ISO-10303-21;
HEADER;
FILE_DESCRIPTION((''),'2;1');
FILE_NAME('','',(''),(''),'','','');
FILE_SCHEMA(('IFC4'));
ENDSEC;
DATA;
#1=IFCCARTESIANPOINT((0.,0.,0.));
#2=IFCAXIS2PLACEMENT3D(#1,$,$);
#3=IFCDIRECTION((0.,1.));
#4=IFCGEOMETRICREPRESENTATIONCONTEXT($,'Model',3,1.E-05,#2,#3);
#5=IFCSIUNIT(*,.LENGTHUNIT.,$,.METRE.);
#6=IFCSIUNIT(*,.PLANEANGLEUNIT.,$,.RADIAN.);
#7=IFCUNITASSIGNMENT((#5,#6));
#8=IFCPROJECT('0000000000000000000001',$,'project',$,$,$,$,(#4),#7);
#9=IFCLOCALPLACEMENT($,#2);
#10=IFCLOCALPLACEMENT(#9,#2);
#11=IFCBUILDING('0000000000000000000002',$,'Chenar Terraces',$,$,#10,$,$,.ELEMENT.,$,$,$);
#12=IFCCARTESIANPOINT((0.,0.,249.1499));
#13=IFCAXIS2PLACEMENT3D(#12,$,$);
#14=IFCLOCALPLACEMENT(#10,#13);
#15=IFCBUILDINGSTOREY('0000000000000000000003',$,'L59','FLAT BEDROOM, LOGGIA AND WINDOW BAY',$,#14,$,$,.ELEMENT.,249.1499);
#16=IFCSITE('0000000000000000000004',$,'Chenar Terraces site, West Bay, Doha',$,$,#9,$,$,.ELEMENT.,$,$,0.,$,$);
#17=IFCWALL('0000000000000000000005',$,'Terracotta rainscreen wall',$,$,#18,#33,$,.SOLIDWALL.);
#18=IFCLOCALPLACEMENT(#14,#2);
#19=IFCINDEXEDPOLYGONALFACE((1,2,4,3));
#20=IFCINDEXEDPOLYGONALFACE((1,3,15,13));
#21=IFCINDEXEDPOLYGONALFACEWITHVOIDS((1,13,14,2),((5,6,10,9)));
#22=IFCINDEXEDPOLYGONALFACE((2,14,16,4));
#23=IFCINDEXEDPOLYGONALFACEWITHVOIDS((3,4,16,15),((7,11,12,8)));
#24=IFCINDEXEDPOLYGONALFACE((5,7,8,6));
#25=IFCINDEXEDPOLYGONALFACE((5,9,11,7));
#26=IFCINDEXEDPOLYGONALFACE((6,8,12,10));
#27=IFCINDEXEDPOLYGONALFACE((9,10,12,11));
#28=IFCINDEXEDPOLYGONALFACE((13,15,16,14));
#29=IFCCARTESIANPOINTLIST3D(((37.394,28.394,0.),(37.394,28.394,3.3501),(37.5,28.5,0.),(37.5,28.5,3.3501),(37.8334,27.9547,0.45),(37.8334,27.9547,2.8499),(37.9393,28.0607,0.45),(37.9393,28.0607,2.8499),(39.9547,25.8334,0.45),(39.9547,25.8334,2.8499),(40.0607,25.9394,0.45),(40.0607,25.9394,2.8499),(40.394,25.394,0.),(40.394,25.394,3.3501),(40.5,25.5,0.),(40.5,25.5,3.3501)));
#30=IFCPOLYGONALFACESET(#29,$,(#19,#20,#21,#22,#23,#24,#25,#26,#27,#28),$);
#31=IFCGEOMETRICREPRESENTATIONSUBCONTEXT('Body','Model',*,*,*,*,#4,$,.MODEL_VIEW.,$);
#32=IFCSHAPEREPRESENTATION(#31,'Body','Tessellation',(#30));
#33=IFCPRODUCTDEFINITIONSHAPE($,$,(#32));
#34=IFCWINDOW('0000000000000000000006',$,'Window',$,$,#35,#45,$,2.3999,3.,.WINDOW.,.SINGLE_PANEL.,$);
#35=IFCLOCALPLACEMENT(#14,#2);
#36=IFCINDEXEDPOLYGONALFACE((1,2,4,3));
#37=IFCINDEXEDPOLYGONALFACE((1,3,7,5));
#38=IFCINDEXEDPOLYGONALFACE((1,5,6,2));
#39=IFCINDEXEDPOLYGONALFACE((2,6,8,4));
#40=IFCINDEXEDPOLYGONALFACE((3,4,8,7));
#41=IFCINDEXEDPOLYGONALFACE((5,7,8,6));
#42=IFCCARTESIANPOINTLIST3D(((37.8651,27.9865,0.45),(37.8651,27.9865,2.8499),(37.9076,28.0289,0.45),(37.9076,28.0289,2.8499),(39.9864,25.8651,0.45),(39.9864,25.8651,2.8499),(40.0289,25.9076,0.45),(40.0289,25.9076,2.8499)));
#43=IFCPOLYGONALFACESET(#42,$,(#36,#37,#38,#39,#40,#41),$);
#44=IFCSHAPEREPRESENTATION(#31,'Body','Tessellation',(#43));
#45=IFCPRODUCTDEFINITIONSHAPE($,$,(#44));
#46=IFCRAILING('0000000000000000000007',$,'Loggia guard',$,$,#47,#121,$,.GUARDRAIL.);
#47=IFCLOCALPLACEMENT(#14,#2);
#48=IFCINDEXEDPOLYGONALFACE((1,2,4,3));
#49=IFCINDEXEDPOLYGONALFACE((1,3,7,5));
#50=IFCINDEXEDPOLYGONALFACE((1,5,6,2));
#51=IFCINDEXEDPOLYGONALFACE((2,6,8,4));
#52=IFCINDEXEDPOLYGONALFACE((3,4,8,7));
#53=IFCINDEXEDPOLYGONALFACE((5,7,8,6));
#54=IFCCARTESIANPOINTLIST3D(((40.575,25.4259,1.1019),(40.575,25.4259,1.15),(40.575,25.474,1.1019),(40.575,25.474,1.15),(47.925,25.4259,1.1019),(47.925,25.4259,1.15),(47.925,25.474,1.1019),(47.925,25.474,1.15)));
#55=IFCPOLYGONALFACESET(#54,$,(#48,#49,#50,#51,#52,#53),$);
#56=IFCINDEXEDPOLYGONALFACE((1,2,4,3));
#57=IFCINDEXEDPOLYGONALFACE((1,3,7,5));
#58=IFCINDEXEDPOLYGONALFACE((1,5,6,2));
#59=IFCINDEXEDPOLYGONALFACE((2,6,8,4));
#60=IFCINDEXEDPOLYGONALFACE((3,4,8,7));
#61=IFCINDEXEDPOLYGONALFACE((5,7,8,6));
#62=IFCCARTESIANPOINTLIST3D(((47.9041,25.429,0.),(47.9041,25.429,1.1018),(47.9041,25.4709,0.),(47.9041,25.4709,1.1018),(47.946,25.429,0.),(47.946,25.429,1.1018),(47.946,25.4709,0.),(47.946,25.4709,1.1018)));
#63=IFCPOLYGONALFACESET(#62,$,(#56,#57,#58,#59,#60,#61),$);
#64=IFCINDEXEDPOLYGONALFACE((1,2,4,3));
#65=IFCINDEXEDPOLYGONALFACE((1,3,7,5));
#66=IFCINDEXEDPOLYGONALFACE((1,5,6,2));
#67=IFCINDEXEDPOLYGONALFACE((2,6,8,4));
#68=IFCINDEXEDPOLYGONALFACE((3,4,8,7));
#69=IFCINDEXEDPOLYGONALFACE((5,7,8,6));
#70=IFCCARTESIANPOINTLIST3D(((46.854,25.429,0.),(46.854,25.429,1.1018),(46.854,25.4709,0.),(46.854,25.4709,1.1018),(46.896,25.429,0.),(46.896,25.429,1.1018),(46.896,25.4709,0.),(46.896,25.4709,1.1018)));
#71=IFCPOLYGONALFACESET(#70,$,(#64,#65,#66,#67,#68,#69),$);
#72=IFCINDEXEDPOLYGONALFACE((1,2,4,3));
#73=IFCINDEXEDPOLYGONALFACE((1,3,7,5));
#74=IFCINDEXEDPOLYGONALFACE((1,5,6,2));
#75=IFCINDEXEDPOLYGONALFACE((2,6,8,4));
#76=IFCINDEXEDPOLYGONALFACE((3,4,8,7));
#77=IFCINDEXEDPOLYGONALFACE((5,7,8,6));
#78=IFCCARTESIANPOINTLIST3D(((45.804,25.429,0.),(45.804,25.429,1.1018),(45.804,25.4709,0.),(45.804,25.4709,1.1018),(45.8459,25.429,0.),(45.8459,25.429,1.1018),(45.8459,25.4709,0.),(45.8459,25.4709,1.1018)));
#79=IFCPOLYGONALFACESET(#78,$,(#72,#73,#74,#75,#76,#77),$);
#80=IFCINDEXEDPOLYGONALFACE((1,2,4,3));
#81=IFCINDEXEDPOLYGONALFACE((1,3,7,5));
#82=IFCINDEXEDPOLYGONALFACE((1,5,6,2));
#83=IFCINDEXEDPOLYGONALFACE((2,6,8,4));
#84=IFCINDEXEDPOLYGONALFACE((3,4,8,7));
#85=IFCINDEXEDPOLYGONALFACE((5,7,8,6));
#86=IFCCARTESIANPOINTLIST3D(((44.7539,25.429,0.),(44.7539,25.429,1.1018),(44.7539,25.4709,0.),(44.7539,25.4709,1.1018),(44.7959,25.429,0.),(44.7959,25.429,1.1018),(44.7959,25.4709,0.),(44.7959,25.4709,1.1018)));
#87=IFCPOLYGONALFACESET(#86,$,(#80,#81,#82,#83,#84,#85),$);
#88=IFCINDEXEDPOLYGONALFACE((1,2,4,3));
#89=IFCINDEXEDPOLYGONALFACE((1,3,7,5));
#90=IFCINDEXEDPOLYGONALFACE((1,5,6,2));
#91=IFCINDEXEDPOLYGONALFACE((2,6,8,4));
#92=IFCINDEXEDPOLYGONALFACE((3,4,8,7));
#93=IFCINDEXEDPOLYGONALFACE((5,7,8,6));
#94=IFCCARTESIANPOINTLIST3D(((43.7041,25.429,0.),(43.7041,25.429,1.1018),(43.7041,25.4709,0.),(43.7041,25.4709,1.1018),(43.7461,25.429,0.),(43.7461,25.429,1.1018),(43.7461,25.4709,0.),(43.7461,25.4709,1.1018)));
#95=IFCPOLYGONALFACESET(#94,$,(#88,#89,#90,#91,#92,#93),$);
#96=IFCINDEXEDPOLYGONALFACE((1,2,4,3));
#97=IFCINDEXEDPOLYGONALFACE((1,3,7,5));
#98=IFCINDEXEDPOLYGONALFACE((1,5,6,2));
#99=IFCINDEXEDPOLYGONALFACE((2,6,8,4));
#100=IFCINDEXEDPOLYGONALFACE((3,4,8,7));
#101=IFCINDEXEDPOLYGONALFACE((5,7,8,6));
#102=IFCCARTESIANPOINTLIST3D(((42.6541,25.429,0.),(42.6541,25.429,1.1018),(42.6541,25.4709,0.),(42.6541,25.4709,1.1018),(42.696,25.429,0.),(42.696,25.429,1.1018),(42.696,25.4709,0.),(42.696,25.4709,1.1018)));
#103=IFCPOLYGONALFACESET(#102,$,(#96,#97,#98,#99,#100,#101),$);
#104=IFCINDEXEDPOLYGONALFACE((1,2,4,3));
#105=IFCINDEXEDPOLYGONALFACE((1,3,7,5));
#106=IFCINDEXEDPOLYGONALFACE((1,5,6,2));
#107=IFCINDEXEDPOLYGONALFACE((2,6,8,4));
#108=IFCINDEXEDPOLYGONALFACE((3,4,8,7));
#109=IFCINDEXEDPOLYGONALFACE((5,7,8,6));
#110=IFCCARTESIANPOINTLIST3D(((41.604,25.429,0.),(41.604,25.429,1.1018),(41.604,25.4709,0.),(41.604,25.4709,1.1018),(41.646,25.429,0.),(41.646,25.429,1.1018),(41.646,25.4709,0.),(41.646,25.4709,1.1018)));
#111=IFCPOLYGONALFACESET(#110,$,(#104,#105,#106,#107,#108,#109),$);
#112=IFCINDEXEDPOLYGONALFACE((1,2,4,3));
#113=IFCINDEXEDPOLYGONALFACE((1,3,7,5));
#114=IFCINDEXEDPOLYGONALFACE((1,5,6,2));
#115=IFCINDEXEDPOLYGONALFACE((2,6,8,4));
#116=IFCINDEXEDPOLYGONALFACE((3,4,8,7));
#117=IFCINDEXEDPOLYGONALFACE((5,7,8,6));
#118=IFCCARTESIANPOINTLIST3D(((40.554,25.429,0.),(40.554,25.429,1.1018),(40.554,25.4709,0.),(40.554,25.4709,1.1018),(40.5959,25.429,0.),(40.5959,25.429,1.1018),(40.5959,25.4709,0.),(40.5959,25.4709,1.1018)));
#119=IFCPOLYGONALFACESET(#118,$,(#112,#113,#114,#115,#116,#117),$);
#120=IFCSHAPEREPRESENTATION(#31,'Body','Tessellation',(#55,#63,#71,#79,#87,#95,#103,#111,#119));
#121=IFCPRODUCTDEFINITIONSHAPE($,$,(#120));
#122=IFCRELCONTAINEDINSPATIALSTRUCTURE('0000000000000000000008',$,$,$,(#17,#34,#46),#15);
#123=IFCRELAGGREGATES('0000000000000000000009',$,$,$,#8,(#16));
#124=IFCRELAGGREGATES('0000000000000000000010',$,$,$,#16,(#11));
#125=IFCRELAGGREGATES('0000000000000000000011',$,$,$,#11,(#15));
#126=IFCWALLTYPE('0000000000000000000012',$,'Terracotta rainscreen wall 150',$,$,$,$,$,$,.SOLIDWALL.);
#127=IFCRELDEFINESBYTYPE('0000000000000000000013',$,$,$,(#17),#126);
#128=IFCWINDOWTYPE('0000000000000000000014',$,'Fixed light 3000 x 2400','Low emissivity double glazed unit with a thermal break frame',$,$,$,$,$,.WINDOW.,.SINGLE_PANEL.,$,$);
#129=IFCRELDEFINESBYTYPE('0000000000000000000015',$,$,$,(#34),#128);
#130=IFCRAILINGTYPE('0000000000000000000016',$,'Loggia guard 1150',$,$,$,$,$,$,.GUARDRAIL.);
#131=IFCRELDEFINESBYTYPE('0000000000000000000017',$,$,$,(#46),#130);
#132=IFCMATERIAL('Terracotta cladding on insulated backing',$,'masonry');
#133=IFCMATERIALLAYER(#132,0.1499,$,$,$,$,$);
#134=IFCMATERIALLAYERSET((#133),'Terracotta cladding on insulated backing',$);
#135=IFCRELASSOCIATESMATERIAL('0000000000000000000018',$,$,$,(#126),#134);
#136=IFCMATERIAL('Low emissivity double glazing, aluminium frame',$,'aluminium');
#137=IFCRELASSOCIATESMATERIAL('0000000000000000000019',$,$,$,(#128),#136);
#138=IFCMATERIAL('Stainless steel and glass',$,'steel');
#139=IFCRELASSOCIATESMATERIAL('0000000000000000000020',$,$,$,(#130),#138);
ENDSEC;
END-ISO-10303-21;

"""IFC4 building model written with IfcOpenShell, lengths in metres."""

from ifc_helpers import new_model, si_unit, direction, frame, frame_2d, origin, origin_2d, place, context, subcontext, project, spatial, rectangle, extrude, material, layer, layer_set, type_object, element, fill, save


model = new_model("IFC4")

# Units and contexts
model_context = context("Model", 3, precision=1e-05, world=origin(), true_north=direction((0.0, 1.0)))
body_context = subcontext(model_context, "Body", "Model", "MODEL_VIEW")
ifc_project = project(units=[si_unit("LENGTHUNIT", "METRE"), si_unit("PLANEANGLEUNIT", "RADIAN")], contexts=[model_context])

# Site, building, storey
site_placement = place(None, origin())
site = spatial("IfcSite", under=ifc_project, at=site_placement, Name="Chenar Terraces site, West Bay, Doha", CompositionType="ELEMENT", RefElevation=0.0)
building_placement = place(site_placement, origin())
building = spatial("IfcBuilding", under=site, at=building_placement, Name="Chenar Terraces", CompositionType="ELEMENT")
storey_placement = place(building_placement, frame((0.0, 0.0, 249.1499)))
storey = spatial("IfcBuildingStorey", under=building, at=storey_placement, Name="L59", Description="FLAT BEDROOM, LOGGIA AND WINDOW BAY", CompositionType="ELEMENT", Elevation=249.1499)

# Wall, opening, window
ifc_material_1 = material(Name="Terracotta cladding on insulated backing", Category="masonry")
ifc_layer_1 = layer(ifc_material_1, 0.1499)
ifc_layer_set_1 = layer_set([ifc_layer_1], Name="Terracotta cladding on insulated backing")
wall_type_1 = type_object("IfcWallType", Name="Terracotta rainscreen wall 150", PredefinedType="SOLIDWALL", material=ifc_layer_set_1)
wall_placement = place(storey_placement, frame((40.447, 25.447, 0.0), z_axis=(0.0, 0.0, 1.0), x_axis=(-0.707107, 0.707107, 0.0)))
wall = element("IfcWall", 1, at=wall_placement, inside=storey, type_object=wall_type_1, Name="Terracotta rainscreen wall", PredefinedType="SOLIDWALL", context=body_context, shape_type="SweptSolid", body=[
    extrude(rectangle(XDim=4.2427, YDim=0.1499, at=frame_2d((2.1213, 0.0))), origin(), (0.0, 0.0, 1.0), 3.3501),
])
opening_placement = place(wall_placement, frame((0.6213, 0.0, 0.45)))
opening = element("IfcOpeningElement", 2, at=opening_placement, cuts=wall, PredefinedType="OPENING", context=body_context, shape_type="SweptSolid", body=[
    extrude(rectangle(XDim=3.0, YDim=2.3999, at=frame_2d((1.5, 1.2))), frame((0.0, 0.085, 0.0), z_axis=(0.0, -1.0, 0.0), x_axis=(1.0, 0.0, 0.0)), (0.0, 0.0, 1.0), 0.1699),
])
ifc_material_2 = material(Name="Low emissivity double glazing, aluminium frame", Category="aluminium")
window_type = type_object("IfcWindowType", Name="Fixed light 3000 x 2400", Description="Low emissivity double glazed unit with a thermal break frame", PartitioningType="SINGLE_PANEL", PredefinedType="WINDOW", material=ifc_material_2)
window_placement = place(opening_placement, origin())
window = element("IfcWindow", 3, at=window_placement, inside=storey, type_object=window_type, Name="Window", OverallHeight=2.3999, OverallWidth=3.0, PartitioningType="SINGLE_PANEL", PredefinedType="WINDOW", context=body_context, shape_type="SweptSolid", body=[
    extrude(rectangle(XDim=3.0, YDim=2.3999, at=frame_2d((1.5, 1.2))), frame((0.0, 0.03, 0.0), z_axis=(0.0, -1.0, 0.0), x_axis=(1.0, 0.0, 0.0)), (0.0, 0.0, 1.0), 0.0601),
])
fill(opening, window)

# Railing
ifc_material_3 = material(Name="Stainless steel and glass", Category="steel")
railing_type = type_object("IfcRailingType", Name="Loggia guard 1150", PredefinedType="GUARDRAIL", material=ifc_material_3)
railing_placement = place(storey_placement, frame((47.925, 25.45, 0.0)))
element("IfcRailing", 4, at=railing_placement, inside=storey, type_object=railing_type, Name="Loggia guard", PredefinedType="GUARDRAIL", context=body_context, shape_type="SweptSolid", body=[
    extrude(rectangle(XDim=0.0481, YDim=0.0481, at=origin_2d()), frame((0.0, 0.0, 1.126), z_axis=(-1.0, 0.0, 0.0), x_axis=(0.0, -1.0, 0.0)), (0.0, 0.0, 1.0), 7.3501),
    extrude(rectangle(XDim=0.042, YDim=0.042, at=origin_2d()), origin(), (0.0, 0.0, 1.0), 1.1018),
    extrude(rectangle(XDim=0.042, YDim=0.042, at=origin_2d()), frame((-1.05, 0.0, 0.0)), (0.0, 0.0, 1.0), 1.1018),
    extrude(rectangle(XDim=0.042, YDim=0.042, at=origin_2d()), frame((-2.1001, 0.0, 0.0)), (0.0, 0.0, 1.0), 1.1018),
    extrude(rectangle(XDim=0.042, YDim=0.042, at=origin_2d()), frame((-3.1501, 0.0, 0.0)), (0.0, 0.0, 1.0), 1.1018),
    extrude(rectangle(XDim=0.042, YDim=0.042, at=origin_2d()), frame((-4.2, 0.0, 0.0)), (0.0, 0.0, 1.0), 1.1018),
    extrude(rectangle(XDim=0.042, YDim=0.042, at=origin_2d()), frame((-5.25, 0.0, 0.0)), (0.0, 0.0, 1.0), 1.1018),
    extrude(rectangle(XDim=0.042, YDim=0.042, at=origin_2d()), frame((-6.3, 0.0, 0.0)), (0.0, 0.0, 1.0), 1.1018),
    extrude(rectangle(XDim=0.042, YDim=0.042, at=origin_2d()), frame((-7.3501, 0.0, 0.0)), (0.0, 0.0, 1.0), 1.1018),
])

save(model, "model.ifc")
